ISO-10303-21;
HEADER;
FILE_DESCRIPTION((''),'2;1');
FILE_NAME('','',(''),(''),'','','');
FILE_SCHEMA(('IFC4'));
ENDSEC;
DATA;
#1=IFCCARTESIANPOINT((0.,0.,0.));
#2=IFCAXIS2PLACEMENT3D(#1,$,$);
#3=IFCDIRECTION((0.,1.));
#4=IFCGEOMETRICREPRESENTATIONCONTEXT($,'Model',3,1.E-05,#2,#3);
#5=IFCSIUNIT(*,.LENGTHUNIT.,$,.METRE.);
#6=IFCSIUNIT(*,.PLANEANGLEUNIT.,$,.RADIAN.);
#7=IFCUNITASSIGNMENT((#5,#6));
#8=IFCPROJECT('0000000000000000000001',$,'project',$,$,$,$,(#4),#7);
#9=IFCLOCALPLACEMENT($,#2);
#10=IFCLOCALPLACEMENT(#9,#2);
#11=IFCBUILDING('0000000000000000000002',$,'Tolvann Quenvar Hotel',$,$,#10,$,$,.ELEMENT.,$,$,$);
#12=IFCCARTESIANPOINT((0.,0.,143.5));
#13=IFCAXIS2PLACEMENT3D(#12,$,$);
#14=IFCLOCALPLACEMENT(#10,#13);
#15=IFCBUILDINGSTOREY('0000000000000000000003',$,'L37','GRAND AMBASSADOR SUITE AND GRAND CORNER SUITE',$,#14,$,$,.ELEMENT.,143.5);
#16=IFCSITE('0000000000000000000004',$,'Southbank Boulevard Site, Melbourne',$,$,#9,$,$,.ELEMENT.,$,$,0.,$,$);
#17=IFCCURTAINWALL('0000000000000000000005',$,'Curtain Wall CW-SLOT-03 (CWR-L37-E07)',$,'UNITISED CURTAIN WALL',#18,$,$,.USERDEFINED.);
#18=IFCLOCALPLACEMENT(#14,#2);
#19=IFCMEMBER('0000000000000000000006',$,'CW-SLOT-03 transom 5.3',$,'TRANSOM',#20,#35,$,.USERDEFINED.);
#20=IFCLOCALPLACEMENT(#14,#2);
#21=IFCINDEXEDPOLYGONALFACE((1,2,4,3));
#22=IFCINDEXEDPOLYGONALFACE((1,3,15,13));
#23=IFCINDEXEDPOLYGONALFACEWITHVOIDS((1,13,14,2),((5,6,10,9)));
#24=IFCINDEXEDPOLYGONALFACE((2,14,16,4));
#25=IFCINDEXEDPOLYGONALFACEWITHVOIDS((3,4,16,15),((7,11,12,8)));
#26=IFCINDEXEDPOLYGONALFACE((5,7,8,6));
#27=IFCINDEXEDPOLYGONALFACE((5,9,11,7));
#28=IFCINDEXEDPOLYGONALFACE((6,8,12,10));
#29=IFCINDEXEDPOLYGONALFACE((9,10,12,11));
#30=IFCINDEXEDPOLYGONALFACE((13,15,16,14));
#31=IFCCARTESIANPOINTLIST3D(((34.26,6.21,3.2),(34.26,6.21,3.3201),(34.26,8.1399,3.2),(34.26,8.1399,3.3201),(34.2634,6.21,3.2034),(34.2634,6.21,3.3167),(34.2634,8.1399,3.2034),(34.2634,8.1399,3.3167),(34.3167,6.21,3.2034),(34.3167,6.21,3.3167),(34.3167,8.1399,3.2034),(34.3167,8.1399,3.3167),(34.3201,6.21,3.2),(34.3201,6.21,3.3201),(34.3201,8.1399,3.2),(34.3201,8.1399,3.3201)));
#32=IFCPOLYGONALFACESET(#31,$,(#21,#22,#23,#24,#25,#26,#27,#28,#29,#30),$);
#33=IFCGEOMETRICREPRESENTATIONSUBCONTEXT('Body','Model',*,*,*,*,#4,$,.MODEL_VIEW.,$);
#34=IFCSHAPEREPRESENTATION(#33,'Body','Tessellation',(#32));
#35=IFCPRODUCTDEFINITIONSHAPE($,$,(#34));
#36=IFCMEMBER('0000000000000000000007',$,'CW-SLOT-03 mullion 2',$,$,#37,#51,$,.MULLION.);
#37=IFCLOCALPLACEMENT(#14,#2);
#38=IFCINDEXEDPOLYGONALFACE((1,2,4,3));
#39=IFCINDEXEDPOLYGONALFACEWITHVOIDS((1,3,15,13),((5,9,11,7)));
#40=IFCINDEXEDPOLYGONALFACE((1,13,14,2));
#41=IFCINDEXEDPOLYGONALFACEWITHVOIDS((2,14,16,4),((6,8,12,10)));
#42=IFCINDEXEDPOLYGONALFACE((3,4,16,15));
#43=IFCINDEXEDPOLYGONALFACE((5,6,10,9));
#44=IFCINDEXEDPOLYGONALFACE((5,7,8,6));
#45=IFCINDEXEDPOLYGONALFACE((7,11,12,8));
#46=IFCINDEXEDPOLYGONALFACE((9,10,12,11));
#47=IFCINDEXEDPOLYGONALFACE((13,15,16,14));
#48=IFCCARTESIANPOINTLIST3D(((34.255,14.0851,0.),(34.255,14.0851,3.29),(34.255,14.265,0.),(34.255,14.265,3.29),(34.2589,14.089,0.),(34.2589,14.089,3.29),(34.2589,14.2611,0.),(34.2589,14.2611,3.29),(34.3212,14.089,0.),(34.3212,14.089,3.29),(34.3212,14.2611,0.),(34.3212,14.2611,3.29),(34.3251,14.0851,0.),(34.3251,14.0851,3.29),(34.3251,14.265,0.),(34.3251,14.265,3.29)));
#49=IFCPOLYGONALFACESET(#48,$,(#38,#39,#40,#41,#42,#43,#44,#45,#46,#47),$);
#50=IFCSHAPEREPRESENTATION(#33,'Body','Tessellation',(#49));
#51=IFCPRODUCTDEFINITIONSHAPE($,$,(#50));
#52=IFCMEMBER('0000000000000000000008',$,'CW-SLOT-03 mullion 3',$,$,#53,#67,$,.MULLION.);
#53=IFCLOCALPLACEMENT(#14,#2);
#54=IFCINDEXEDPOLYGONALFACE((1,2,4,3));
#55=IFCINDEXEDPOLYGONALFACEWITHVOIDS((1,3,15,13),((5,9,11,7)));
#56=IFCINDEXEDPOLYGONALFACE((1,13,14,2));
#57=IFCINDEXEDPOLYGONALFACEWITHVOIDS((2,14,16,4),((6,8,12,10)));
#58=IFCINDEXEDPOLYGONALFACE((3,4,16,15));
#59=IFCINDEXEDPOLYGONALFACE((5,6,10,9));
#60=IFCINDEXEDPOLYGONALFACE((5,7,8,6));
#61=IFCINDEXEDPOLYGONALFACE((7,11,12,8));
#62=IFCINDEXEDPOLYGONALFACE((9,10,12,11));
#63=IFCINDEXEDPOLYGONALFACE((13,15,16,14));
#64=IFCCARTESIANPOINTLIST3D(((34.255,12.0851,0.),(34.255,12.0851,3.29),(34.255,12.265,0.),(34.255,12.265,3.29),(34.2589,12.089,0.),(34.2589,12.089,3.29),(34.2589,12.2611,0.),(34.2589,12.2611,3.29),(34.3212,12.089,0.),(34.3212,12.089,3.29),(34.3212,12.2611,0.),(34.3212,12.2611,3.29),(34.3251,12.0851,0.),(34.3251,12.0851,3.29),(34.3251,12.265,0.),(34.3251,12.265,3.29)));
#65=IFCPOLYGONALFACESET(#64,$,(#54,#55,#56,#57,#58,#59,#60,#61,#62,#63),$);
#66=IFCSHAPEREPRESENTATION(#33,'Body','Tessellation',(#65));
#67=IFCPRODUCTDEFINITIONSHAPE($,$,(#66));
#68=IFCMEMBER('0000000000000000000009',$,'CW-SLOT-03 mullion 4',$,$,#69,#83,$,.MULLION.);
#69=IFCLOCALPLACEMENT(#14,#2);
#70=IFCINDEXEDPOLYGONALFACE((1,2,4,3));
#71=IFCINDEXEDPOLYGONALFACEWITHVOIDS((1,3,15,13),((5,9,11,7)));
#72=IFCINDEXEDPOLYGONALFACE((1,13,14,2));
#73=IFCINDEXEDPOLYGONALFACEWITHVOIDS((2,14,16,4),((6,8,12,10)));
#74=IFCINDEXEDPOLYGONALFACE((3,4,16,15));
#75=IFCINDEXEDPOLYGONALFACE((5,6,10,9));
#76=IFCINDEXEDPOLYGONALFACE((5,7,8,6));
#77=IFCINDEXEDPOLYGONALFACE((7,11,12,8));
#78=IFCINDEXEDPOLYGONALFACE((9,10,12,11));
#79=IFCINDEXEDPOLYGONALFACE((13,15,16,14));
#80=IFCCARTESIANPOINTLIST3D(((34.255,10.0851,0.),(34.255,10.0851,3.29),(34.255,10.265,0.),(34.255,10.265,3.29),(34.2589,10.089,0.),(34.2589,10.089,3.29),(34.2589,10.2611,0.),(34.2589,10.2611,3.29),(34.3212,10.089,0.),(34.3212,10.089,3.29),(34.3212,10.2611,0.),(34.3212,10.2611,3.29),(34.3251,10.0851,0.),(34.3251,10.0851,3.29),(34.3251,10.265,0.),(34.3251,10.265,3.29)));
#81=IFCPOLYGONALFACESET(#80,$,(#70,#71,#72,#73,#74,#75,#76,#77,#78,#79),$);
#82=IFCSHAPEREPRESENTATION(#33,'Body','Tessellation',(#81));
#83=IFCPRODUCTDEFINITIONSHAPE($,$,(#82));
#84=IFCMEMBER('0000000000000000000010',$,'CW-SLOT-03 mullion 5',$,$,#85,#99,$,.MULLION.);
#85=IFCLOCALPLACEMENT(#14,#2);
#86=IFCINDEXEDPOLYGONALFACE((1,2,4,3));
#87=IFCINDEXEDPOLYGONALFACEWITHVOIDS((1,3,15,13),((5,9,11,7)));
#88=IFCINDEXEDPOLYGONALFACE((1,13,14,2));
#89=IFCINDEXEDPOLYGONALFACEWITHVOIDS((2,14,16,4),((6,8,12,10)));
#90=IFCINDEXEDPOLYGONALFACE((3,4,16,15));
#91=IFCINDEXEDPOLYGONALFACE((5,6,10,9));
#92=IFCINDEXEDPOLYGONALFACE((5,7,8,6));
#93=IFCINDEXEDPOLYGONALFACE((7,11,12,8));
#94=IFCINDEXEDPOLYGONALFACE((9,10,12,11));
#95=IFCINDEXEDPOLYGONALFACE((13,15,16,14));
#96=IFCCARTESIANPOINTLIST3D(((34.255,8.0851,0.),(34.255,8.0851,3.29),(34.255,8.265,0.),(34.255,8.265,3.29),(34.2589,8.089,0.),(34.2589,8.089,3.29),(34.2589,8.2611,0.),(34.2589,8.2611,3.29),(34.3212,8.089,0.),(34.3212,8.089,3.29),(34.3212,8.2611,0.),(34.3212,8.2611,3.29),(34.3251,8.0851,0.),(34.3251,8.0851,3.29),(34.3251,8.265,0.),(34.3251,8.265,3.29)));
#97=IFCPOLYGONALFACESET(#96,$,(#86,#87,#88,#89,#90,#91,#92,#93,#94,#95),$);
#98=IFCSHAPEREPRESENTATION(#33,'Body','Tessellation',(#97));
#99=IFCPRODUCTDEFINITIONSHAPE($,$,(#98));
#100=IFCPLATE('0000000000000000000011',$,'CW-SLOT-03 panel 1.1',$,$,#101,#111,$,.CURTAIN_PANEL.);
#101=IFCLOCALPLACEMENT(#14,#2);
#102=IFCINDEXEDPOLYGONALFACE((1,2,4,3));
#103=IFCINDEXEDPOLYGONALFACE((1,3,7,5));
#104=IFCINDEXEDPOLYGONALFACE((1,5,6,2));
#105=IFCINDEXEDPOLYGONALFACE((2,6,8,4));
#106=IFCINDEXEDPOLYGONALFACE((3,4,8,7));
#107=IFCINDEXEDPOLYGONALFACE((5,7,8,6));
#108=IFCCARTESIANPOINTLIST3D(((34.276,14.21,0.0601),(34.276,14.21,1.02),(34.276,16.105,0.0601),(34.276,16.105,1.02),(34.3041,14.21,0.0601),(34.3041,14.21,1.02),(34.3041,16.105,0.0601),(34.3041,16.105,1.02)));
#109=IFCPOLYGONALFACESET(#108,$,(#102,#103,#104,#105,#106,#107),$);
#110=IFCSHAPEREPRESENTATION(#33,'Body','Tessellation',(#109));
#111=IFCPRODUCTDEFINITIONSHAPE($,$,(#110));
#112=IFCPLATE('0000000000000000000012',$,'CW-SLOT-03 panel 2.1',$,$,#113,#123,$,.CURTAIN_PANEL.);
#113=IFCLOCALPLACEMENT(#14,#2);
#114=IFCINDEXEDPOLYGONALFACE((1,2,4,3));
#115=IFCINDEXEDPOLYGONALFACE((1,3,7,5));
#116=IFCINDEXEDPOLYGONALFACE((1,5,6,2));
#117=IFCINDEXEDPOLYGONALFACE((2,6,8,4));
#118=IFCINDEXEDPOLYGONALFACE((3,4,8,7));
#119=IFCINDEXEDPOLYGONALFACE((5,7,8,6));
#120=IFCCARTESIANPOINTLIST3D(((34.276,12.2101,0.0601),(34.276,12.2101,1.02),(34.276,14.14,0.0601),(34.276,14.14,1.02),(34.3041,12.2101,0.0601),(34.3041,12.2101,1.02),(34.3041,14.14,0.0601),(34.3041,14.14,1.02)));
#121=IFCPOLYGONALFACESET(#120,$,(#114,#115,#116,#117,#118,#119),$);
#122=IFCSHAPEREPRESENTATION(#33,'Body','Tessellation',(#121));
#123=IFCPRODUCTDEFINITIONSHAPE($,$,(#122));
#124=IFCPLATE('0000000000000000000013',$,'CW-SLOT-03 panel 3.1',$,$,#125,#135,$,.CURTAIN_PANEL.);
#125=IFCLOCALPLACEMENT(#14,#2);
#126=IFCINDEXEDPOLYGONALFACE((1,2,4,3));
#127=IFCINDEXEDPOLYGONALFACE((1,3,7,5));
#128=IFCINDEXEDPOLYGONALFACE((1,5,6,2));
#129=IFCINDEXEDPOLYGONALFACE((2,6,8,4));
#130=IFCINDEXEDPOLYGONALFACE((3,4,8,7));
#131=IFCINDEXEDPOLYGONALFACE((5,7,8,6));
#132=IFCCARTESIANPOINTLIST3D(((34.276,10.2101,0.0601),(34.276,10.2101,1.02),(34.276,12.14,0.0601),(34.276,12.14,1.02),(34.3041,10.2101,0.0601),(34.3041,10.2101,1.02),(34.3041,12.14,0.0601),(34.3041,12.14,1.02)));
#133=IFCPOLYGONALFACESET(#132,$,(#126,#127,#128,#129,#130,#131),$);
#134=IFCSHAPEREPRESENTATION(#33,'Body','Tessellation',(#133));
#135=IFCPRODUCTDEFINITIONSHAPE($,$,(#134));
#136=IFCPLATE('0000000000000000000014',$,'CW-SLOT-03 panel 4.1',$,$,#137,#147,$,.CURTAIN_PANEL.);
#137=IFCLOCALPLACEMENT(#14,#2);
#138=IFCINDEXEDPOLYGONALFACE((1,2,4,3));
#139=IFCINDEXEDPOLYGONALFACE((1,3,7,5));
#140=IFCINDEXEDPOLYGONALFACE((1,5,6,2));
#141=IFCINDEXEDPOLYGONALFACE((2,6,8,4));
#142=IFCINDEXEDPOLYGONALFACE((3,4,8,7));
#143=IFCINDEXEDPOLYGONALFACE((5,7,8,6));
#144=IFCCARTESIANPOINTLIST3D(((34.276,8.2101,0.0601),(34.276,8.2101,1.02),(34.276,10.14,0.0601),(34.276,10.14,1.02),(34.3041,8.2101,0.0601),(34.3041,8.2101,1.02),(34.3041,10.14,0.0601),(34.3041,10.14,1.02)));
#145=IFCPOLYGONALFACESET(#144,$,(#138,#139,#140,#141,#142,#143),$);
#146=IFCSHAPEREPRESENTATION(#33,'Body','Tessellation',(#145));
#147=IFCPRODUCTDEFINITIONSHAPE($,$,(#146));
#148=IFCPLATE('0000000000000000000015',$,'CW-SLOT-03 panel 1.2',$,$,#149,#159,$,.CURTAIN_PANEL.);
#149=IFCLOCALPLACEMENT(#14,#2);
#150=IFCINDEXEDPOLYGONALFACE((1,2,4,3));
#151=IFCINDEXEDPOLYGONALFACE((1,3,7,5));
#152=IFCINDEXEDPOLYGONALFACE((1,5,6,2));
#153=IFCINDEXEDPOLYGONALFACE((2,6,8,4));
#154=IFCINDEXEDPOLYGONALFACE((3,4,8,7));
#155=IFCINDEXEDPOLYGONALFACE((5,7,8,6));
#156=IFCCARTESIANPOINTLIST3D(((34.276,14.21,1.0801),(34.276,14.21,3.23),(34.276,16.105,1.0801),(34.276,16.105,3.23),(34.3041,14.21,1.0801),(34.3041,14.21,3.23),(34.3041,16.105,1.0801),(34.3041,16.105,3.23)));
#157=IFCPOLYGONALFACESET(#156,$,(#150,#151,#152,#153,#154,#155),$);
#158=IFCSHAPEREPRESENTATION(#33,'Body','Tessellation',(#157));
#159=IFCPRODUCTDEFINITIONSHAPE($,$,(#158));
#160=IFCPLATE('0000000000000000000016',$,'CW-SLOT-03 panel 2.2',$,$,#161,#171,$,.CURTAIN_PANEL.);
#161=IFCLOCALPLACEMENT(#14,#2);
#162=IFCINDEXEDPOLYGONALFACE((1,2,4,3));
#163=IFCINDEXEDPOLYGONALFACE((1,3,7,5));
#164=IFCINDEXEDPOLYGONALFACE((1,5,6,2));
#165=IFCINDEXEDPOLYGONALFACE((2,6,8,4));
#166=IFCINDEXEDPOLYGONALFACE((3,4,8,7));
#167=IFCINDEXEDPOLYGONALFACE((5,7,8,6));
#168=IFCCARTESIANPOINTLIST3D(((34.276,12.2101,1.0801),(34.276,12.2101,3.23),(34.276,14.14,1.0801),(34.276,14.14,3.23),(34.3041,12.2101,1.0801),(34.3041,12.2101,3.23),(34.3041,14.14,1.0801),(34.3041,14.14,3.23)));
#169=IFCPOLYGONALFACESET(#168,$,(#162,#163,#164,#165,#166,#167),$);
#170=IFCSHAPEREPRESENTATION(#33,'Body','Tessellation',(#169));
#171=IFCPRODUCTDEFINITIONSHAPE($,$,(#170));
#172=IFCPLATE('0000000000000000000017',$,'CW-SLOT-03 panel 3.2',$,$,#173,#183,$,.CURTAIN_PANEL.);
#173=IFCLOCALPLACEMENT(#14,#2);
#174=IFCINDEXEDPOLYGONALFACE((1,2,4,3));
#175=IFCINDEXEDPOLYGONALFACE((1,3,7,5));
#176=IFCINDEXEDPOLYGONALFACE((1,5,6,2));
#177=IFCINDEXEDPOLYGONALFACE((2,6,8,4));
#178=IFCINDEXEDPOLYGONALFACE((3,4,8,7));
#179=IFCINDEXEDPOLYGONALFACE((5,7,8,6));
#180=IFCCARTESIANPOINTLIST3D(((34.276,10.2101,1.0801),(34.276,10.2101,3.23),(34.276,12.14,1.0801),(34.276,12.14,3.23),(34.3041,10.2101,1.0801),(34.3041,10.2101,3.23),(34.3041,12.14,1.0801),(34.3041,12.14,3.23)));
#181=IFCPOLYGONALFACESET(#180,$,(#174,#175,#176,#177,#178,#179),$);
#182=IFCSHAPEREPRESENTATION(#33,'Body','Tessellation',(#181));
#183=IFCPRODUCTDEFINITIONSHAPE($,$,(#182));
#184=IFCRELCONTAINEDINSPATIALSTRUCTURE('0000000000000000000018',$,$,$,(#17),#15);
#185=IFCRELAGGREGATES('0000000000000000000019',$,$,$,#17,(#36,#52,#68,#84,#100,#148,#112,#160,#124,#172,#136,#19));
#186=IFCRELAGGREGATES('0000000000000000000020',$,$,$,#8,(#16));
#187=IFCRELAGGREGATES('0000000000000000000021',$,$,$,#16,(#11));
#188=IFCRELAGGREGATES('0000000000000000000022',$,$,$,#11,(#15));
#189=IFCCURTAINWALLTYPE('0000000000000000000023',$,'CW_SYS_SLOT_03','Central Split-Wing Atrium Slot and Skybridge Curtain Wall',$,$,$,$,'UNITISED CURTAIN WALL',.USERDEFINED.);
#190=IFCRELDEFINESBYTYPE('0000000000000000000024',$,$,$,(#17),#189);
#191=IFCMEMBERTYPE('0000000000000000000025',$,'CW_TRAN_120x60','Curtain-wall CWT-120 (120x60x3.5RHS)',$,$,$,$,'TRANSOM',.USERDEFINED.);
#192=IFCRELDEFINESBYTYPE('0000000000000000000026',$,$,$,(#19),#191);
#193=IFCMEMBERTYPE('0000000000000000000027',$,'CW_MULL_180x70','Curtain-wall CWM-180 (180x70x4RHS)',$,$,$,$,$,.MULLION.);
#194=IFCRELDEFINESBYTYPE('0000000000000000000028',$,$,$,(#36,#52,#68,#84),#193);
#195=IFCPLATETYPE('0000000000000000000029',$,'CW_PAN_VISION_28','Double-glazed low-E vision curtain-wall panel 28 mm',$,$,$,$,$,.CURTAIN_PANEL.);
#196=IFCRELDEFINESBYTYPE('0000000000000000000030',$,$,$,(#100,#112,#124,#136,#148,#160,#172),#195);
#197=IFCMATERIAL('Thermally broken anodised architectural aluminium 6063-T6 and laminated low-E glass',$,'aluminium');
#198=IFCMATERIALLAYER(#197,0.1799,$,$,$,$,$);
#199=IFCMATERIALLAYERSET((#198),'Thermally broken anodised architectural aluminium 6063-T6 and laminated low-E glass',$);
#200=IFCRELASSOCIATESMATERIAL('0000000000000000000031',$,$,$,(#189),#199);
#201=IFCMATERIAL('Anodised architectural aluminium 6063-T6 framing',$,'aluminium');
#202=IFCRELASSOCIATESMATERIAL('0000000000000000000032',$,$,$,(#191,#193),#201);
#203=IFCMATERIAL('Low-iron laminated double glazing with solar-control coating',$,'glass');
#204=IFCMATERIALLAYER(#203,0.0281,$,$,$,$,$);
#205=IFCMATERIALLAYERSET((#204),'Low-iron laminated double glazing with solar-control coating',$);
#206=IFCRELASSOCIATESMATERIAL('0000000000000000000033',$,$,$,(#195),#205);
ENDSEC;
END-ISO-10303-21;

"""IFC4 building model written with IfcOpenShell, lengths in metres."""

from ifc_helpers import new_model, si_unit, direction, frame, origin, origin_2d, place, context, subcontext, project, spatial, rectangle, hollow_rectangle, extrude, source, transform, mapped, material, layer, layer_set, material_profile, profile_set, type_object, type_shapes, element, aggregate, save


model = new_model("IFC4")

# Units and contexts
model_context = context("Model", 3, precision=1e-05, world=origin(), true_north=direction((0.0, 1.0)))
body_context = subcontext(model_context, "Body", "Model", "MODEL_VIEW")
ifc_project = project(units=[si_unit("LENGTHUNIT", "METRE"), si_unit("PLANEANGLEUNIT", "RADIAN")], contexts=[model_context])

# Site, building, storey
site_placement = place(None, origin())
site = spatial("IfcSite", under=ifc_project, at=site_placement, Name="Southbank Boulevard Site, Melbourne", CompositionType="ELEMENT", RefElevation=0.0)
building_placement = place(site_placement, origin())
building = spatial("IfcBuilding", under=site, at=building_placement, Name="Tolvann Quenvar Hotel", CompositionType="ELEMENT")
storey_placement = place(building_placement, frame((0.0, 0.0, 143.5)))
storey = spatial("IfcBuildingStorey", under=building, at=storey_placement, Name="L37", Description="GRAND AMBASSADOR SUITE AND GRAND CORNER SUITE", CompositionType="ELEMENT", Elevation=143.5)

# Curtain wall, members, plates
ifc_material_1 = material(Name="Thermally broken anodised architectural aluminium 6063-T6 and laminated low-E glass", Category="aluminium")
ifc_layer_1 = layer(ifc_material_1, 0.1799)
ifc_layer_set_1 = layer_set([ifc_layer_1], Name="Thermally broken anodised architectural aluminium 6063-T6 and laminated low-E glass")
curtain_wall_type = type_object("IfcCurtainWallType", Name="CW_SYS_SLOT_03", Description="Central Split-Wing Atrium Slot and Skybridge Curtain Wall", ElementType="UNITISED CURTAIN WALL", PredefinedType="USERDEFINED", material=ifc_layer_set_1)
curtain_wall_placement = place(storey_placement, origin())
curtain_wall = element("IfcCurtainWall", 1, at=curtain_wall_placement, inside=storey, type_object=curtain_wall_type, Name="Curtain Wall CW-SLOT-03 (CWR-L37-E07)", ObjectType="UNITISED CURTAIN WALL", PredefinedType="USERDEFINED")
ifc_material_2 = material(Name="Anodised architectural aluminium 6063-T6 framing", Category="aluminium")
ifc_material_profile_1 = material_profile(ifc_material_2, hollow_rectangle(XDim=0.0601, YDim=0.1201, WallThickness=0.0034, at=origin_2d()), Name="120x60x3.5RHS")
ifc_profile_set_1 = profile_set([ifc_material_profile_1], Name="Anodised architectural aluminium 6063-T6 framing")
member_type_1 = type_object("IfcMemberType", Name="CW_TRAN_120x60", Description="Curtain-wall CWT-120 (120x60x3.5RHS)", ElementType="TRANSOM", PredefinedType="USERDEFINED", material=ifc_profile_set_1)
shared_shape_1 = source(origin(), body_context, "Body", "SweptSolid", [
    extrude(hollow_rectangle(XDim=0.0601, YDim=0.1201, WallThickness=0.0034, at=origin_2d()), origin(), (0.0, 0.0, 1.0), 1.9299),
])
type_shapes(member_type_1, [shared_shape_1])
member_1_placement = place(storey_placement, frame((34.29, 8.1399, 3.26), z_axis=(0.0, -1.0, 0.0), x_axis=(1.0, 0.0, 0.0)))
member_1 = element("IfcMember", 2, at=member_1_placement, type_object=member_type_1, Name="CW-SLOT-03 transom 5.3", ObjectType="TRANSOM", PredefinedType="USERDEFINED", context=body_context, shape_type="MappedRepresentation", body=[
    mapped(shared_shape_1, transform((0.0, 0.0, 0.0), x_axis=(1.0, 0.0, 0.0), y_axis=(0.0, 1.0, 0.0), z_axis=(0.0, 0.0, 1.0), scale=1.0)),
])
ifc_material_profile_2 = material_profile(ifc_material_2, hollow_rectangle(XDim=0.0701, YDim=0.1799, WallThickness=0.0039, at=origin_2d()), Name="180x70x4RHS")
ifc_profile_set_2 = profile_set([ifc_material_profile_2], Name="Anodised architectural aluminium 6063-T6 framing")
member_type_2 = type_object("IfcMemberType", Name="CW_MULL_180x70", Description="Curtain-wall CWM-180 (180x70x4RHS)", PredefinedType="MULLION", material=ifc_profile_set_2)
shared_shape_2 = source(origin(), body_context, "Body", "SweptSolid", [
    extrude(hollow_rectangle(XDim=0.0701, YDim=0.1799, WallThickness=0.0039, at=origin_2d()), origin(), (0.0, 0.0, 1.0), 3.29),
])
type_shapes(member_type_2, [shared_shape_2])
member_2_placement = place(storey_placement, frame((34.29, 14.175, 0.0), z_axis=(0.0, 0.0, 1.0), x_axis=(1.0, 0.0, 0.0)))
member_2 = element("IfcMember", 3, at=member_2_placement, type_object=member_type_2, Name="CW-SLOT-03 mullion 2", PredefinedType="MULLION", context=body_context, shape_type="MappedRepresentation", body=[
    mapped(shared_shape_2, transform((0.0, 0.0, 0.0), x_axis=(1.0, 0.0, 0.0), y_axis=(0.0, 1.0, 0.0), z_axis=(0.0, 0.0, 1.0), scale=1.0)),
])
member_3_placement = place(storey_placement, frame((34.29, 12.175, 0.0), z_axis=(0.0, 0.0, 1.0), x_axis=(1.0, 0.0, 0.0)))
member_3 = element("IfcMember", 4, at=member_3_placement, type_object=member_type_2, Name="CW-SLOT-03 mullion 3", PredefinedType="MULLION", context=body_context, shape_type="MappedRepresentation", body=[
    mapped(shared_shape_2, transform((0.0, 0.0, 0.0), x_axis=(1.0, 0.0, 0.0), y_axis=(0.0, 1.0, 0.0), z_axis=(0.0, 0.0, 1.0), scale=1.0)),
])
member_4_placement = place(storey_placement, frame((34.29, 10.175, 0.0), z_axis=(0.0, 0.0, 1.0), x_axis=(1.0, 0.0, 0.0)))
member_4 = element("IfcMember", 5, at=member_4_placement, type_object=member_type_2, Name="CW-SLOT-03 mullion 4", PredefinedType="MULLION", context=body_context, shape_type="MappedRepresentation", body=[
    mapped(shared_shape_2, transform((0.0, 0.0, 0.0), x_axis=(1.0, 0.0, 0.0), y_axis=(0.0, 1.0, 0.0), z_axis=(0.0, 0.0, 1.0), scale=1.0)),
])
member_5_placement = place(storey_placement, frame((34.29, 8.175, 0.0), z_axis=(0.0, 0.0, 1.0), x_axis=(1.0, 0.0, 0.0)))
member_5 = element("IfcMember", 6, at=member_5_placement, type_object=member_type_2, Name="CW-SLOT-03 mullion 5", PredefinedType="MULLION", context=body_context, shape_type="MappedRepresentation", body=[
    mapped(shared_shape_2, transform((0.0, 0.0, 0.0), x_axis=(1.0, 0.0, 0.0), y_axis=(0.0, 1.0, 0.0), z_axis=(0.0, 0.0, 1.0), scale=1.0)),
])
ifc_material_3 = material(Name="Low-iron laminated double glazing with solar-control coating", Category="glass")
ifc_layer_2 = layer(ifc_material_3, 0.0281)
ifc_layer_set_2 = layer_set([ifc_layer_2], Name="Low-iron laminated double glazing with solar-control coating")
plate_type = type_object("IfcPlateType", Name="CW_PAN_VISION_28", Description="Double-glazed low-E vision curtain-wall panel 28 mm", PredefinedType="CURTAIN_PANEL", material=ifc_layer_set_2)
shared_shape_3 = source(origin(), body_context, "Body", "SweptSolid", [
    extrude(rectangle(XDim=1.895, YDim=0.0281, at=origin_2d()), origin(), (0.0, 0.0, 1.0), 0.96),
])
plate_1_placement = place(storey_placement, frame((34.29, 15.1575, 0.0601), z_axis=(0.0, 0.0, 1.0), x_axis=(0.0, -1.0, 0.0)))
plate_1 = element("IfcPlate", 7, at=plate_1_placement, type_object=plate_type, Name="CW-SLOT-03 panel 1.1", PredefinedType="CURTAIN_PANEL", context=body_context, shape_type="MappedRepresentation", body=[
    mapped(shared_shape_3, transform((0.0, 0.0, 0.0), x_axis=(1.0, 0.0, 0.0), y_axis=(0.0, 1.0, 0.0), z_axis=(0.0, 0.0, 1.0), scale=1.0)),
])
shared_shape_4 = source(origin(), body_context, "Body", "SweptSolid", [
    extrude(rectangle(XDim=1.9299, YDim=0.0281, at=origin_2d()), origin(), (0.0, 0.0, 1.0), 0.96),
])
plate_2_placement = place(storey_placement, frame((34.29, 13.175, 0.0601), z_axis=(0.0, 0.0, 1.0), x_axis=(0.0, -1.0, 0.0)))
plate_2 = element("IfcPlate", 8, at=plate_2_placement, type_object=plate_type, Name="CW-SLOT-03 panel 2.1", PredefinedType="CURTAIN_PANEL", context=body_context, shape_type="MappedRepresentation", body=[
    mapped(shared_shape_4, transform((0.0, 0.0, 0.0), x_axis=(1.0, 0.0, 0.0), y_axis=(0.0, 1.0, 0.0), z_axis=(0.0, 0.0, 1.0), scale=1.0)),
])
plate_3_placement = place(storey_placement, frame((34.29, 11.175, 0.0601), z_axis=(0.0, 0.0, 1.0), x_axis=(0.0, -1.0, 0.0)))
plate_3 = element("IfcPlate", 9, at=plate_3_placement, type_object=plate_type, Name="CW-SLOT-03 panel 3.1", PredefinedType="CURTAIN_PANEL", context=body_context, shape_type="MappedRepresentation", body=[
    mapped(shared_shape_4, transform((0.0, 0.0, 0.0), x_axis=(1.0, 0.0, 0.0), y_axis=(0.0, 1.0, 0.0), z_axis=(0.0, 0.0, 1.0), scale=1.0)),
])
plate_4_placement = place(storey_placement, frame((34.29, 9.175, 0.0601), z_axis=(0.0, 0.0, 1.0), x_axis=(0.0, -1.0, 0.0)))
plate_4 = element("IfcPlate", 10, at=plate_4_placement, type_object=plate_type, Name="CW-SLOT-03 panel 4.1", PredefinedType="CURTAIN_PANEL", context=body_context, shape_type="MappedRepresentation", body=[
    mapped(shared_shape_4, transform((0.0, 0.0, 0.0), x_axis=(1.0, 0.0, 0.0), y_axis=(0.0, 1.0, 0.0), z_axis=(0.0, 0.0, 1.0), scale=1.0)),
])
shared_shape_5 = source(origin(), body_context, "Body", "SweptSolid", [
    extrude(rectangle(XDim=1.895, YDim=0.0281, at=origin_2d()), origin(), (0.0, 0.0, 1.0), 2.1499),
])
plate_5_placement = place(storey_placement, frame((34.29, 15.1575, 1.0801), z_axis=(0.0, 0.0, 1.0), x_axis=(0.0, -1.0, 0.0)))
plate_5 = element("IfcPlate", 11, at=plate_5_placement, type_object=plate_type, Name="CW-SLOT-03 panel 1.2", PredefinedType="CURTAIN_PANEL", context=body_context, shape_type="MappedRepresentation", body=[
    mapped(shared_shape_5, transform((0.0, 0.0, 0.0), x_axis=(1.0, 0.0, 0.0), y_axis=(0.0, 1.0, 0.0), z_axis=(0.0, 0.0, 1.0), scale=1.0)),
])
shared_shape_6 = source(origin(), body_context, "Body", "SweptSolid", [
    extrude(rectangle(XDim=1.9299, YDim=0.0281, at=origin_2d()), origin(), (0.0, 0.0, 1.0), 2.1499),
])
type_shapes(plate_type, [shared_shape_3, shared_shape_4, shared_shape_5, shared_shape_6])
plate_6_placement = place(storey_placement, frame((34.29, 13.175, 1.0801), z_axis=(0.0, 0.0, 1.0), x_axis=(0.0, -1.0, 0.0)))
plate_6 = element("IfcPlate", 12, at=plate_6_placement, type_object=plate_type, Name="CW-SLOT-03 panel 2.2", PredefinedType="CURTAIN_PANEL", context=body_context, shape_type="MappedRepresentation", body=[
    mapped(shared_shape_6, transform((0.0, 0.0, 0.0), x_axis=(1.0, 0.0, 0.0), y_axis=(0.0, 1.0, 0.0), z_axis=(0.0, 0.0, 1.0), scale=1.0)),
])
plate_7_placement = place(storey_placement, frame((34.29, 11.175, 1.0801), z_axis=(0.0, 0.0, 1.0), x_axis=(0.0, -1.0, 0.0)))
plate_7 = element("IfcPlate", 13, at=plate_7_placement, type_object=plate_type, Name="CW-SLOT-03 panel 3.2", PredefinedType="CURTAIN_PANEL", context=body_context, shape_type="MappedRepresentation", body=[
    mapped(shared_shape_6, transform((0.0, 0.0, 0.0), x_axis=(1.0, 0.0, 0.0), y_axis=(0.0, 1.0, 0.0), z_axis=(0.0, 0.0, 1.0), scale=1.0)),
])
aggregate(curtain_wall, [member_2, member_3, member_4, member_5, plate_1, plate_5, plate_2, plate_6, plate_3, plate_7, plate_4, member_1])

save(model, "model.ifc")
